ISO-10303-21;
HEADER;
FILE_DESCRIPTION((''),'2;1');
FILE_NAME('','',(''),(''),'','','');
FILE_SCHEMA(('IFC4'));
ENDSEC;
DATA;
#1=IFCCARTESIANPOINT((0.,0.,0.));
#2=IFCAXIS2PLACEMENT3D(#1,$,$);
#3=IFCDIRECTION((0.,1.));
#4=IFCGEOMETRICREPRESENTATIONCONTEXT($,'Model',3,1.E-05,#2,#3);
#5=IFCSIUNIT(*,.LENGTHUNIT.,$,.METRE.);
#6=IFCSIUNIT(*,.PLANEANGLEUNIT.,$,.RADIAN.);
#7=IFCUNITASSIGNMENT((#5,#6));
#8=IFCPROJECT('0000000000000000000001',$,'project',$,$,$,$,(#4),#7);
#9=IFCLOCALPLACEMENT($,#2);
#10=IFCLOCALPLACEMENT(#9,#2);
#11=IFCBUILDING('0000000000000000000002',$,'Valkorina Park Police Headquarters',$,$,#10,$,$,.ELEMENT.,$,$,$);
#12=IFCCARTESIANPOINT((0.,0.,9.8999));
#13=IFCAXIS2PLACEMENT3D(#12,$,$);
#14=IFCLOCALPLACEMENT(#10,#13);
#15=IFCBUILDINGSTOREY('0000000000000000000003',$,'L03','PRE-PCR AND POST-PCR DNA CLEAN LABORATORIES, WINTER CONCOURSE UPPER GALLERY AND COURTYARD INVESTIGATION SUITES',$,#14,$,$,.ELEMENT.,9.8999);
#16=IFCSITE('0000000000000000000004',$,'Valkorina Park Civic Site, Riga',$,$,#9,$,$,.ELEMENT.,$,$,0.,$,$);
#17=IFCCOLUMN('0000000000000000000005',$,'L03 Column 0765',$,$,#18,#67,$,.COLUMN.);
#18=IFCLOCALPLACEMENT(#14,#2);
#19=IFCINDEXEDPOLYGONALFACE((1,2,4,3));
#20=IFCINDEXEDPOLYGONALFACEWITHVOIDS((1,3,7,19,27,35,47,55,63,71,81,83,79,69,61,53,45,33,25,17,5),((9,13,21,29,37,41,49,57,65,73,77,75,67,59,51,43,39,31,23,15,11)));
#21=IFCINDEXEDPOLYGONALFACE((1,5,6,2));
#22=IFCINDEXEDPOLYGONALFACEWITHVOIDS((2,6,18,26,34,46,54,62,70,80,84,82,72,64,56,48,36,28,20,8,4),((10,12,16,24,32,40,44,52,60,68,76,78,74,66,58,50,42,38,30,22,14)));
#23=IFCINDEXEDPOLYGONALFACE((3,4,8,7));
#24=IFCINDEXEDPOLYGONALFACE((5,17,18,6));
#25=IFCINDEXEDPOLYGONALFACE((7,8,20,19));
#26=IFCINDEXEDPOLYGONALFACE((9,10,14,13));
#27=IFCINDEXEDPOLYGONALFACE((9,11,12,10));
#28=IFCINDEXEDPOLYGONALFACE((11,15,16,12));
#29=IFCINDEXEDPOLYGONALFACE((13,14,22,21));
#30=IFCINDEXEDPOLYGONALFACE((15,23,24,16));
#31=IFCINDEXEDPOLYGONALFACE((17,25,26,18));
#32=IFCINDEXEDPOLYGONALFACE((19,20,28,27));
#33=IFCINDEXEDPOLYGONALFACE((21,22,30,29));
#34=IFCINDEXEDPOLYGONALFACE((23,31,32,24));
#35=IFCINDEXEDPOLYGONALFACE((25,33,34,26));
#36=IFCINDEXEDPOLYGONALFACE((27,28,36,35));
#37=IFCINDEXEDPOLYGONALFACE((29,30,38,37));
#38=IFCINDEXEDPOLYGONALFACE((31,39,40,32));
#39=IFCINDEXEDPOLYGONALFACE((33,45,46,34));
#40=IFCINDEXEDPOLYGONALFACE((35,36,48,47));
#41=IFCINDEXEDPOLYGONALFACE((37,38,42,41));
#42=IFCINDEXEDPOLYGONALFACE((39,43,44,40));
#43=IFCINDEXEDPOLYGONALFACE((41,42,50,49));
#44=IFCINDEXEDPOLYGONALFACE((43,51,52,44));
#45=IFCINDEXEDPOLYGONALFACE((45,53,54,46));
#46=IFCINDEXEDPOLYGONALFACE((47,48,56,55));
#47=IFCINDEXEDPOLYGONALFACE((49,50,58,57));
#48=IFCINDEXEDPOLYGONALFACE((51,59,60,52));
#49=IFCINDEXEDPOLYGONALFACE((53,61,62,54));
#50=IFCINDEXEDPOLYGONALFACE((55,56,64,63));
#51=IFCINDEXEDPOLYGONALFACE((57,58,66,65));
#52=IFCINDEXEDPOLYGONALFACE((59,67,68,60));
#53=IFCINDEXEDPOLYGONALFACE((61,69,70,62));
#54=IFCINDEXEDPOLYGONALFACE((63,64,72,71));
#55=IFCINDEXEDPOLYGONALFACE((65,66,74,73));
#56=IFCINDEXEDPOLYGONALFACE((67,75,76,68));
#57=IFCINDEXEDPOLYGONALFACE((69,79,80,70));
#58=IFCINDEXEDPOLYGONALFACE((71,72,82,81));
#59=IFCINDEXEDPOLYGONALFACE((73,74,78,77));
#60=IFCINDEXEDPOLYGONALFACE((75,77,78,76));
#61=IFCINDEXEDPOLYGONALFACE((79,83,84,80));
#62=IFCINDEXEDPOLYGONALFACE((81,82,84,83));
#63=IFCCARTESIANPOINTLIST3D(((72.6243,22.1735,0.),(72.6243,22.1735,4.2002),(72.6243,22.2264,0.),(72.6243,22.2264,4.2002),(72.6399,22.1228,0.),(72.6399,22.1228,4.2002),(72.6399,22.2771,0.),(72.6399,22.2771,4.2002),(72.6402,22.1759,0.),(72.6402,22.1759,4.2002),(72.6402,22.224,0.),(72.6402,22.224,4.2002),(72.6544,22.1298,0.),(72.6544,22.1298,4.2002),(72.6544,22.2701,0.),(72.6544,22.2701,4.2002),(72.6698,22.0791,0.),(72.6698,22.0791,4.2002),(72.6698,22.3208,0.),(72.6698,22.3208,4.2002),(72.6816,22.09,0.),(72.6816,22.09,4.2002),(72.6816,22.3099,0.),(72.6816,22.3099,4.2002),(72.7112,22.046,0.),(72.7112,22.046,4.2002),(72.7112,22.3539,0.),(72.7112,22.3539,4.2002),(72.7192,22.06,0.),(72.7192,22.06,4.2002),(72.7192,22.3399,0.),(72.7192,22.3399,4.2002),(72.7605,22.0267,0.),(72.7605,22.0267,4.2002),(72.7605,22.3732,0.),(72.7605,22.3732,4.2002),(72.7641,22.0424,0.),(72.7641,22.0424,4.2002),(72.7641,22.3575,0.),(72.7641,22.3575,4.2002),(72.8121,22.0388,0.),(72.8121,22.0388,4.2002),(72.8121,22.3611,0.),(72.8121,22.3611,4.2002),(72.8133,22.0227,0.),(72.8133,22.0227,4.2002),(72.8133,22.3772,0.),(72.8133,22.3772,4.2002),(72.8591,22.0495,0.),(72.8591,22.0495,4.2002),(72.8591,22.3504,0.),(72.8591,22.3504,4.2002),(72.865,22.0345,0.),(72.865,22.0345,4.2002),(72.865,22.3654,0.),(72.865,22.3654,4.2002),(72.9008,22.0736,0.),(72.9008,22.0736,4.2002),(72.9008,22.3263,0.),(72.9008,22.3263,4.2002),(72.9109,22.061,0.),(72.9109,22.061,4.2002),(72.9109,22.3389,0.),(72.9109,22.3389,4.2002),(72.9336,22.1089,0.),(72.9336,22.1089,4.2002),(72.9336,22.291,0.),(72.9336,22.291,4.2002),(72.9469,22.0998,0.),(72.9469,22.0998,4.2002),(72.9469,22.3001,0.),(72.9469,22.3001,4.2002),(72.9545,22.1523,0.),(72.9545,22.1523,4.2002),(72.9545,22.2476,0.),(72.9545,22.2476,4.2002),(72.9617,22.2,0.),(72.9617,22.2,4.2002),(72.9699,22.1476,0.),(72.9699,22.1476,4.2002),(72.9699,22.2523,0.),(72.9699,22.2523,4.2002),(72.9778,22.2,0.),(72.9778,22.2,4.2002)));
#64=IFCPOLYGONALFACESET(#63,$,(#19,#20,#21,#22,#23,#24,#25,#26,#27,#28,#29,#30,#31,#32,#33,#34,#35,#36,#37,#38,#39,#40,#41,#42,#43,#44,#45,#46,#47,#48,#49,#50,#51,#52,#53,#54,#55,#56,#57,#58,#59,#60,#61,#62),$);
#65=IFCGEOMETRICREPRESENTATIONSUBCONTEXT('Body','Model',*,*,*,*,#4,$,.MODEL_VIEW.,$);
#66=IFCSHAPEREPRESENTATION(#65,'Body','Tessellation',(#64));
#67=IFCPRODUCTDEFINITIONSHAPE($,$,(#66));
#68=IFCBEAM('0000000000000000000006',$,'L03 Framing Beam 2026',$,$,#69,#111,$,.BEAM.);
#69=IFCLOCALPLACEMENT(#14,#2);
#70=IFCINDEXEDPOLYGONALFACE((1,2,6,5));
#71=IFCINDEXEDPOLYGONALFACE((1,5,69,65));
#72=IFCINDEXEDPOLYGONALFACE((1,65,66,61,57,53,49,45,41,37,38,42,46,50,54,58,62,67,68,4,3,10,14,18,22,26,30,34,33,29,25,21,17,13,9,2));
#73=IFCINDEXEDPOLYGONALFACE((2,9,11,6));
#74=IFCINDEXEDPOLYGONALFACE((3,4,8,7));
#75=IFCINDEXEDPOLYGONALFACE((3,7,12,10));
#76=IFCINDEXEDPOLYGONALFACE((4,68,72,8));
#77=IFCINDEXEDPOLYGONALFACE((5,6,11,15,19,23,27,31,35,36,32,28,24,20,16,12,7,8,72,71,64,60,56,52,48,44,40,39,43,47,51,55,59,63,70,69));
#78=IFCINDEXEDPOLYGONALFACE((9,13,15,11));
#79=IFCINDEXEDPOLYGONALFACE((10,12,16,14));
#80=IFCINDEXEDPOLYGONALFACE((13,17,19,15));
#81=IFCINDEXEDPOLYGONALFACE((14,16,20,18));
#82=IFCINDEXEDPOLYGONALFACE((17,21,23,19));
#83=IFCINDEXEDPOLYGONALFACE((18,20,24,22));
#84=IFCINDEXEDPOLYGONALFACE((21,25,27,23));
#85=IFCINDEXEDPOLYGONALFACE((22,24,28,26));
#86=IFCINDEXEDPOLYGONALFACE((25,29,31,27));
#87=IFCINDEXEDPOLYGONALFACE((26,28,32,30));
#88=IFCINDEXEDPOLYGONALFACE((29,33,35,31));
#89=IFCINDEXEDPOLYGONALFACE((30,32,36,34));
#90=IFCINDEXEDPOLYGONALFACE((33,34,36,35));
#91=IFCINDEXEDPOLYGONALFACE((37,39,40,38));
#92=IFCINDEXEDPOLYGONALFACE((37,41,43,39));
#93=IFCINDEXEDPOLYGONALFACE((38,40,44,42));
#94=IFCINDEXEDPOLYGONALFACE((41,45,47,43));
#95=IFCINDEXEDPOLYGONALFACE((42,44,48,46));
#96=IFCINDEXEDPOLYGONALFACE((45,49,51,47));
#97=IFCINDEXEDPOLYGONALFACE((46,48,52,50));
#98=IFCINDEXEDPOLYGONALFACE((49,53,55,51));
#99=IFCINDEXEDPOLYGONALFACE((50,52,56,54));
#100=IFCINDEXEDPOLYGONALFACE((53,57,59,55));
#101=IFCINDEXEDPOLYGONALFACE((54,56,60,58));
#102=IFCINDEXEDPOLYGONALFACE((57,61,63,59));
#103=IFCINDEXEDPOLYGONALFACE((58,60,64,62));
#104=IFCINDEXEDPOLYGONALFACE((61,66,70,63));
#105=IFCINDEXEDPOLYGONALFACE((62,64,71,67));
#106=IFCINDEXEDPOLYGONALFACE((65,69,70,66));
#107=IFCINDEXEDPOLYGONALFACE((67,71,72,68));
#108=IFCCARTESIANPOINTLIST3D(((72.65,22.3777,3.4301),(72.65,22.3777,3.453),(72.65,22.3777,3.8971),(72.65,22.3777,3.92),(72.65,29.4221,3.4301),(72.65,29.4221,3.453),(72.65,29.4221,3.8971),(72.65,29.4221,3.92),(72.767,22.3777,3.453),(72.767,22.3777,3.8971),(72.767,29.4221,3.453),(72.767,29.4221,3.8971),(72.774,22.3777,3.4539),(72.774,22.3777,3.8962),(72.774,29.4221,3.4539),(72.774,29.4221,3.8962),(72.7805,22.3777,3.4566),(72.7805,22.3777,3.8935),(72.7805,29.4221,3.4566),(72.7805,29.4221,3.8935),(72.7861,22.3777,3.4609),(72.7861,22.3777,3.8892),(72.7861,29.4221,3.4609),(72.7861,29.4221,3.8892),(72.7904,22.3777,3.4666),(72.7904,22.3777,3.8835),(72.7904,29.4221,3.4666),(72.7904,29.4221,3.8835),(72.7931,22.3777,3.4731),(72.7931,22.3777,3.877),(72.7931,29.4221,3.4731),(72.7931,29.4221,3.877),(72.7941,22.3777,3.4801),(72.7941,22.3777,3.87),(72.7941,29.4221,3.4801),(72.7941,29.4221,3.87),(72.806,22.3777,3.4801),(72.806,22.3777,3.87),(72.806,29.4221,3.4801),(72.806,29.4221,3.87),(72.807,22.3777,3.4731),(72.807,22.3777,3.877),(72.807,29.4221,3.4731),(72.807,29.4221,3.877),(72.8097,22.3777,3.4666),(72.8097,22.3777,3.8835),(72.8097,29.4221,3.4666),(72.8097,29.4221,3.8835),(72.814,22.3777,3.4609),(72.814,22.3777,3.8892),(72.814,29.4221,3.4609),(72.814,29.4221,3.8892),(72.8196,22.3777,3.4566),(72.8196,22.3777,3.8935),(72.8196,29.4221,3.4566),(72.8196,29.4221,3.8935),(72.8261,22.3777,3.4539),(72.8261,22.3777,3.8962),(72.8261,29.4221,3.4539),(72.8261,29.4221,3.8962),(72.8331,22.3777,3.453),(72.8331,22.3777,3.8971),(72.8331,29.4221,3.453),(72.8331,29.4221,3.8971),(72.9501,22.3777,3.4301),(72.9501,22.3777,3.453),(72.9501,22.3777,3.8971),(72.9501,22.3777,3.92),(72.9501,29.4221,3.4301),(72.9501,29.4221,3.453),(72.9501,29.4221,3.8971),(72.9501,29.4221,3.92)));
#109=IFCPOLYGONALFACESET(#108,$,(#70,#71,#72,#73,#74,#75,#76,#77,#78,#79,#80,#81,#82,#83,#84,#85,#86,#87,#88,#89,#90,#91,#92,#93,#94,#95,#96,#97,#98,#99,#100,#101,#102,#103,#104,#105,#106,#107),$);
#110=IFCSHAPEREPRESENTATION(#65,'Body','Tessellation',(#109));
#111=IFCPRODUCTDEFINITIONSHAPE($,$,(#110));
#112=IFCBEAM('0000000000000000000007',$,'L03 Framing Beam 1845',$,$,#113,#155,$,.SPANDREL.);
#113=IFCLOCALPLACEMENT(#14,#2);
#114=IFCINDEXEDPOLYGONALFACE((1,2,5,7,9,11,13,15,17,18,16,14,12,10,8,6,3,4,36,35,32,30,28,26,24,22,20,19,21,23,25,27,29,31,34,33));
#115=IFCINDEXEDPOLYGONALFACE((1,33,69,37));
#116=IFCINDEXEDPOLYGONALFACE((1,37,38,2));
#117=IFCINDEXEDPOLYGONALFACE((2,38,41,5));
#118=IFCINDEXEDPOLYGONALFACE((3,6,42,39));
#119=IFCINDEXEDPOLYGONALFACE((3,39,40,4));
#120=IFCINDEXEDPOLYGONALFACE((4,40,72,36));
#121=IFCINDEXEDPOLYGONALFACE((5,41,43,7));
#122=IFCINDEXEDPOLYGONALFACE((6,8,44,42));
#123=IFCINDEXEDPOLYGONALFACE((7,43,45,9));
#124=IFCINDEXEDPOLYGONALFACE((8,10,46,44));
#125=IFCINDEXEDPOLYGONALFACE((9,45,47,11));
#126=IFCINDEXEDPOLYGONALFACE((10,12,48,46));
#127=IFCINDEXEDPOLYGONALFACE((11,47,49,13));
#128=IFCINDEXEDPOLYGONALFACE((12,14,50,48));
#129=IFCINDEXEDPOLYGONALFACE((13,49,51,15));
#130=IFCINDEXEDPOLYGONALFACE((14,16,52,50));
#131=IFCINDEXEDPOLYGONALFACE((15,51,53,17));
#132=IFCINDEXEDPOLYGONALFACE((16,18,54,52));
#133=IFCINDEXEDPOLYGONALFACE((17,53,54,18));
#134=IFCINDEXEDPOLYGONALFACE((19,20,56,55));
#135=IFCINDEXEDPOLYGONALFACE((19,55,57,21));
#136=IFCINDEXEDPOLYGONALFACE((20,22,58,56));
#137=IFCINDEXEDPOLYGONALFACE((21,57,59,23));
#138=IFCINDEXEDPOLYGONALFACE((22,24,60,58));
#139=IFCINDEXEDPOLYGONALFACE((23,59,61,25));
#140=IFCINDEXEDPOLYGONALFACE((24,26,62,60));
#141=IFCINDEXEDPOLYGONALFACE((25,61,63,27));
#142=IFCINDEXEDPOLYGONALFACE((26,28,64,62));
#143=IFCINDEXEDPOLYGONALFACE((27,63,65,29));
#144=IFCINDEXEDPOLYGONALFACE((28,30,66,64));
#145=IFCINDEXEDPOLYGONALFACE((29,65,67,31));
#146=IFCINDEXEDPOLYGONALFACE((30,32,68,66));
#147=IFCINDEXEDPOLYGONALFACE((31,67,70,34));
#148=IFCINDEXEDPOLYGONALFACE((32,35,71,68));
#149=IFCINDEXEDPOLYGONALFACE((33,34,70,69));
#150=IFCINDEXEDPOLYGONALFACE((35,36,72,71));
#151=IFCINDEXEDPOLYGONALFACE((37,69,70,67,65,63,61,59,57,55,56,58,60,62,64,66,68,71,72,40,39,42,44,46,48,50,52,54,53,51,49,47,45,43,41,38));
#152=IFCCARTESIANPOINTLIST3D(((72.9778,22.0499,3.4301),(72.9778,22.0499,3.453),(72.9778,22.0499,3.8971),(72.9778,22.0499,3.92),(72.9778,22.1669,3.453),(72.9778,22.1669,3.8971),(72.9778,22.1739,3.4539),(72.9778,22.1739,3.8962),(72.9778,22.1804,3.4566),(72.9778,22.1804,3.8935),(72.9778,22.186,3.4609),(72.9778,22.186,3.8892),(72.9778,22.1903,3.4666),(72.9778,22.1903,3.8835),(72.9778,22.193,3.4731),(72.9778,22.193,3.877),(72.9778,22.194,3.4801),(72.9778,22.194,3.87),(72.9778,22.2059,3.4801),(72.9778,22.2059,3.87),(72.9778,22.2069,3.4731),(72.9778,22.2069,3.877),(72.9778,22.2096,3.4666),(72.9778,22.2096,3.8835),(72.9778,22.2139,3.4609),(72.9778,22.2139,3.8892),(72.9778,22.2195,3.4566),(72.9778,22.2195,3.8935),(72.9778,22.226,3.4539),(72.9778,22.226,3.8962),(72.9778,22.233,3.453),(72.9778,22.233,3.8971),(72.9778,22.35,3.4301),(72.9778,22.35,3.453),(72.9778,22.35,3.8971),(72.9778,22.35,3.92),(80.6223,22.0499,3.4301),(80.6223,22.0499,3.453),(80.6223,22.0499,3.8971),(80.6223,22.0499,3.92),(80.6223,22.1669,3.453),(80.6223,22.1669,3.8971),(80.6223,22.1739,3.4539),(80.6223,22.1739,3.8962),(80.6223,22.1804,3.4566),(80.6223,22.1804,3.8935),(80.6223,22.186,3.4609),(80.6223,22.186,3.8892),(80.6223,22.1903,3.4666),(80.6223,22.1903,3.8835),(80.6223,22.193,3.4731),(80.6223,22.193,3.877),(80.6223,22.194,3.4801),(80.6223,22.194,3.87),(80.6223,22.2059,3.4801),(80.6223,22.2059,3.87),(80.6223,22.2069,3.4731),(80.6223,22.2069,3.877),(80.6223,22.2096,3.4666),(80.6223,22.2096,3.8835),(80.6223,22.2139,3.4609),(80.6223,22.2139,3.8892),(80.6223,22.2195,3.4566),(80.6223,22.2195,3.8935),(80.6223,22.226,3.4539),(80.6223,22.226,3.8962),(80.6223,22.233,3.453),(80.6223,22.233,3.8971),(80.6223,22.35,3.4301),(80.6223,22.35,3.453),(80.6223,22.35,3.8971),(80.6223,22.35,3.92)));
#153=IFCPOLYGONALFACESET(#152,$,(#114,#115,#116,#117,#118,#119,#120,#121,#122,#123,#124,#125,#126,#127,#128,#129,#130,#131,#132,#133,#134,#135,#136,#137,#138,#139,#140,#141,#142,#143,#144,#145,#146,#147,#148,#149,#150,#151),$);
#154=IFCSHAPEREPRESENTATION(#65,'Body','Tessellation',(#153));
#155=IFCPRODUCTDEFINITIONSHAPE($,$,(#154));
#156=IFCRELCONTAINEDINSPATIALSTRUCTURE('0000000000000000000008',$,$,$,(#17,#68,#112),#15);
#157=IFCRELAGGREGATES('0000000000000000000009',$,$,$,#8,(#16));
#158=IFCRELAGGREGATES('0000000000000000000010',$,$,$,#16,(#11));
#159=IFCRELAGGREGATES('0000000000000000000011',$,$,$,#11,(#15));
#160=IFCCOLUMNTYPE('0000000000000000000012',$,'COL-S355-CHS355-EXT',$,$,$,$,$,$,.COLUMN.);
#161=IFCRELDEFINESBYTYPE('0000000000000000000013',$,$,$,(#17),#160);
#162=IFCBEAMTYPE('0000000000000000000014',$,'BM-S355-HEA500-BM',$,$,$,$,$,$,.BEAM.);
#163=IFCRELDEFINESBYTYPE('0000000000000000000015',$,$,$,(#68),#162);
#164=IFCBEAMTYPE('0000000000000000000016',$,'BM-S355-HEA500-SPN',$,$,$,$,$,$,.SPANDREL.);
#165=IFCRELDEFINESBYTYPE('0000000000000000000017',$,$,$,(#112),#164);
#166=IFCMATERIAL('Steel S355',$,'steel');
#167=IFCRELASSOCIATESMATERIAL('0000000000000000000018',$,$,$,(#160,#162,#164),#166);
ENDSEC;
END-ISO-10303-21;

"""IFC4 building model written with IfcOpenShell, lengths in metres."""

from ifc_helpers import new_model, si_unit, direction, frame, origin, origin_2d, place, context, subcontext, project, spatial, hollow_circle, i_section, extrude, material, material_profile, profile_set, type_object, element, save


model = new_model("IFC4")

# Units and contexts
model_context = context("Model", 3, precision=1e-05, world=origin(), true_north=direction((0.0, 1.0)))
body_context = subcontext(model_context, "Body", "Model", "MODEL_VIEW")
ifc_project = project(units=[si_unit("LENGTHUNIT", "METRE"), si_unit("PLANEANGLEUNIT", "RADIAN")], contexts=[model_context])

# Site, building, storey
site_placement = place(None, origin())
site = spatial("IfcSite", under=ifc_project, at=site_placement, Name="Valkorina Park Civic Site, Riga", CompositionType="ELEMENT", RefElevation=0.0)
building_placement = place(site_placement, origin())
building = spatial("IfcBuilding", under=site, at=building_placement, Name="Valkorina Park Police Headquarters", CompositionType="ELEMENT")
storey_placement = place(building_placement, frame((0.0, 0.0, 9.8999)))
storey = spatial("IfcBuildingStorey", under=building, at=storey_placement, Name="L03", Description="PRE-PCR AND POST-PCR DNA CLEAN LABORATORIES, WINTER CONCOURSE UPPER GALLERY AND COURTYARD INVESTIGATION SUITES", CompositionType="ELEMENT", Elevation=9.8999)

# Column
ifc_material_1 = material(Name="Steel S355", Category="steel")
ifc_material_profile_1 = material_profile(ifc_material_1, hollow_circle(Radius=0.1777, WallThickness=0.0161, at=origin_2d()), Name="CHS 355.6x16")
ifc_profile_set_1 = profile_set([ifc_material_profile_1], Name="Steel S355")
column_type = type_object("IfcColumnType", Name="COL-S355-CHS355-EXT", PredefinedType="COLUMN", material=ifc_profile_set_1)
column_placement = place(storey_placement, frame((72.8, 22.2, 0.0), z_axis=(0.0, 0.0, 1.0), x_axis=(1.0, 0.0, 0.0)))
element("IfcColumn", 1, at=column_placement, inside=storey, type_object=column_type, Name="L03 Column 0765", PredefinedType="COLUMN", context=body_context, shape_type="SweptSolid", body=[
    extrude(hollow_circle(Radius=0.1777, WallThickness=0.0161, at=origin_2d()), origin(), (0.0, 0.0, 1.0), 4.2002),
])

# Beams
ifc_material_profile_2 = material_profile(ifc_material_1, i_section(OverallWidth=0.3, OverallDepth=0.49, WebThickness=0.012, FlangeThickness=0.0229, FilletRadius=0.0271, at=origin_2d()), Name="HEA 500")
ifc_profile_set_2 = profile_set([ifc_material_profile_2], Name="Steel S355")
beam_type_1 = type_object("IfcBeamType", Name="BM-S355-HEA500-BM", PredefinedType="BEAM", material=ifc_profile_set_2)
beam_1_placement = place(storey_placement, frame((72.8, 22.3777, 3.675), z_axis=(0.0, 1.0, 0.0), x_axis=(-1.0, 0.0, 0.0)))
element("IfcBeam", 2, at=beam_1_placement, inside=storey, type_object=beam_type_1, Name="L03 Framing Beam 2026", PredefinedType="BEAM", context=body_context, shape_type="SweptSolid", body=[
    extrude(i_section(OverallWidth=0.3, OverallDepth=0.49, WebThickness=0.012, FlangeThickness=0.0229, FilletRadius=0.0271, at=origin_2d()), origin(), (0.0, 0.0, 1.0), 7.0444),
])
ifc_material_profile_3 = material_profile(ifc_material_1, i_section(OverallWidth=0.3, OverallDepth=0.49, WebThickness=0.012, FlangeThickness=0.0229, FilletRadius=0.0271, at=origin_2d()), Name="HEA 500")
ifc_profile_set_3 = profile_set([ifc_material_profile_3], Name="Steel S355")
beam_type_2 = type_object("IfcBeamType", Name="BM-S355-HEA500-SPN", PredefinedType="SPANDREL", material=ifc_profile_set_3)
beam_2_placement = place(storey_placement, frame((72.9778, 22.2, 3.675), z_axis=(1.0, 0.0, 0.0), x_axis=(0.0, 1.0, 0.0)))
element("IfcBeam", 3, at=beam_2_placement, inside=storey, type_object=beam_type_2, Name="L03 Framing Beam 1845", PredefinedType="SPANDREL", context=body_context, shape_type="SweptSolid", body=[
    extrude(i_section(OverallWidth=0.3, OverallDepth=0.49, WebThickness=0.012, FlangeThickness=0.0229, FilletRadius=0.0271, at=origin_2d()), origin(), (0.0, 0.0, 1.0), 7.6445),
])

save(model, "model.ifc")
